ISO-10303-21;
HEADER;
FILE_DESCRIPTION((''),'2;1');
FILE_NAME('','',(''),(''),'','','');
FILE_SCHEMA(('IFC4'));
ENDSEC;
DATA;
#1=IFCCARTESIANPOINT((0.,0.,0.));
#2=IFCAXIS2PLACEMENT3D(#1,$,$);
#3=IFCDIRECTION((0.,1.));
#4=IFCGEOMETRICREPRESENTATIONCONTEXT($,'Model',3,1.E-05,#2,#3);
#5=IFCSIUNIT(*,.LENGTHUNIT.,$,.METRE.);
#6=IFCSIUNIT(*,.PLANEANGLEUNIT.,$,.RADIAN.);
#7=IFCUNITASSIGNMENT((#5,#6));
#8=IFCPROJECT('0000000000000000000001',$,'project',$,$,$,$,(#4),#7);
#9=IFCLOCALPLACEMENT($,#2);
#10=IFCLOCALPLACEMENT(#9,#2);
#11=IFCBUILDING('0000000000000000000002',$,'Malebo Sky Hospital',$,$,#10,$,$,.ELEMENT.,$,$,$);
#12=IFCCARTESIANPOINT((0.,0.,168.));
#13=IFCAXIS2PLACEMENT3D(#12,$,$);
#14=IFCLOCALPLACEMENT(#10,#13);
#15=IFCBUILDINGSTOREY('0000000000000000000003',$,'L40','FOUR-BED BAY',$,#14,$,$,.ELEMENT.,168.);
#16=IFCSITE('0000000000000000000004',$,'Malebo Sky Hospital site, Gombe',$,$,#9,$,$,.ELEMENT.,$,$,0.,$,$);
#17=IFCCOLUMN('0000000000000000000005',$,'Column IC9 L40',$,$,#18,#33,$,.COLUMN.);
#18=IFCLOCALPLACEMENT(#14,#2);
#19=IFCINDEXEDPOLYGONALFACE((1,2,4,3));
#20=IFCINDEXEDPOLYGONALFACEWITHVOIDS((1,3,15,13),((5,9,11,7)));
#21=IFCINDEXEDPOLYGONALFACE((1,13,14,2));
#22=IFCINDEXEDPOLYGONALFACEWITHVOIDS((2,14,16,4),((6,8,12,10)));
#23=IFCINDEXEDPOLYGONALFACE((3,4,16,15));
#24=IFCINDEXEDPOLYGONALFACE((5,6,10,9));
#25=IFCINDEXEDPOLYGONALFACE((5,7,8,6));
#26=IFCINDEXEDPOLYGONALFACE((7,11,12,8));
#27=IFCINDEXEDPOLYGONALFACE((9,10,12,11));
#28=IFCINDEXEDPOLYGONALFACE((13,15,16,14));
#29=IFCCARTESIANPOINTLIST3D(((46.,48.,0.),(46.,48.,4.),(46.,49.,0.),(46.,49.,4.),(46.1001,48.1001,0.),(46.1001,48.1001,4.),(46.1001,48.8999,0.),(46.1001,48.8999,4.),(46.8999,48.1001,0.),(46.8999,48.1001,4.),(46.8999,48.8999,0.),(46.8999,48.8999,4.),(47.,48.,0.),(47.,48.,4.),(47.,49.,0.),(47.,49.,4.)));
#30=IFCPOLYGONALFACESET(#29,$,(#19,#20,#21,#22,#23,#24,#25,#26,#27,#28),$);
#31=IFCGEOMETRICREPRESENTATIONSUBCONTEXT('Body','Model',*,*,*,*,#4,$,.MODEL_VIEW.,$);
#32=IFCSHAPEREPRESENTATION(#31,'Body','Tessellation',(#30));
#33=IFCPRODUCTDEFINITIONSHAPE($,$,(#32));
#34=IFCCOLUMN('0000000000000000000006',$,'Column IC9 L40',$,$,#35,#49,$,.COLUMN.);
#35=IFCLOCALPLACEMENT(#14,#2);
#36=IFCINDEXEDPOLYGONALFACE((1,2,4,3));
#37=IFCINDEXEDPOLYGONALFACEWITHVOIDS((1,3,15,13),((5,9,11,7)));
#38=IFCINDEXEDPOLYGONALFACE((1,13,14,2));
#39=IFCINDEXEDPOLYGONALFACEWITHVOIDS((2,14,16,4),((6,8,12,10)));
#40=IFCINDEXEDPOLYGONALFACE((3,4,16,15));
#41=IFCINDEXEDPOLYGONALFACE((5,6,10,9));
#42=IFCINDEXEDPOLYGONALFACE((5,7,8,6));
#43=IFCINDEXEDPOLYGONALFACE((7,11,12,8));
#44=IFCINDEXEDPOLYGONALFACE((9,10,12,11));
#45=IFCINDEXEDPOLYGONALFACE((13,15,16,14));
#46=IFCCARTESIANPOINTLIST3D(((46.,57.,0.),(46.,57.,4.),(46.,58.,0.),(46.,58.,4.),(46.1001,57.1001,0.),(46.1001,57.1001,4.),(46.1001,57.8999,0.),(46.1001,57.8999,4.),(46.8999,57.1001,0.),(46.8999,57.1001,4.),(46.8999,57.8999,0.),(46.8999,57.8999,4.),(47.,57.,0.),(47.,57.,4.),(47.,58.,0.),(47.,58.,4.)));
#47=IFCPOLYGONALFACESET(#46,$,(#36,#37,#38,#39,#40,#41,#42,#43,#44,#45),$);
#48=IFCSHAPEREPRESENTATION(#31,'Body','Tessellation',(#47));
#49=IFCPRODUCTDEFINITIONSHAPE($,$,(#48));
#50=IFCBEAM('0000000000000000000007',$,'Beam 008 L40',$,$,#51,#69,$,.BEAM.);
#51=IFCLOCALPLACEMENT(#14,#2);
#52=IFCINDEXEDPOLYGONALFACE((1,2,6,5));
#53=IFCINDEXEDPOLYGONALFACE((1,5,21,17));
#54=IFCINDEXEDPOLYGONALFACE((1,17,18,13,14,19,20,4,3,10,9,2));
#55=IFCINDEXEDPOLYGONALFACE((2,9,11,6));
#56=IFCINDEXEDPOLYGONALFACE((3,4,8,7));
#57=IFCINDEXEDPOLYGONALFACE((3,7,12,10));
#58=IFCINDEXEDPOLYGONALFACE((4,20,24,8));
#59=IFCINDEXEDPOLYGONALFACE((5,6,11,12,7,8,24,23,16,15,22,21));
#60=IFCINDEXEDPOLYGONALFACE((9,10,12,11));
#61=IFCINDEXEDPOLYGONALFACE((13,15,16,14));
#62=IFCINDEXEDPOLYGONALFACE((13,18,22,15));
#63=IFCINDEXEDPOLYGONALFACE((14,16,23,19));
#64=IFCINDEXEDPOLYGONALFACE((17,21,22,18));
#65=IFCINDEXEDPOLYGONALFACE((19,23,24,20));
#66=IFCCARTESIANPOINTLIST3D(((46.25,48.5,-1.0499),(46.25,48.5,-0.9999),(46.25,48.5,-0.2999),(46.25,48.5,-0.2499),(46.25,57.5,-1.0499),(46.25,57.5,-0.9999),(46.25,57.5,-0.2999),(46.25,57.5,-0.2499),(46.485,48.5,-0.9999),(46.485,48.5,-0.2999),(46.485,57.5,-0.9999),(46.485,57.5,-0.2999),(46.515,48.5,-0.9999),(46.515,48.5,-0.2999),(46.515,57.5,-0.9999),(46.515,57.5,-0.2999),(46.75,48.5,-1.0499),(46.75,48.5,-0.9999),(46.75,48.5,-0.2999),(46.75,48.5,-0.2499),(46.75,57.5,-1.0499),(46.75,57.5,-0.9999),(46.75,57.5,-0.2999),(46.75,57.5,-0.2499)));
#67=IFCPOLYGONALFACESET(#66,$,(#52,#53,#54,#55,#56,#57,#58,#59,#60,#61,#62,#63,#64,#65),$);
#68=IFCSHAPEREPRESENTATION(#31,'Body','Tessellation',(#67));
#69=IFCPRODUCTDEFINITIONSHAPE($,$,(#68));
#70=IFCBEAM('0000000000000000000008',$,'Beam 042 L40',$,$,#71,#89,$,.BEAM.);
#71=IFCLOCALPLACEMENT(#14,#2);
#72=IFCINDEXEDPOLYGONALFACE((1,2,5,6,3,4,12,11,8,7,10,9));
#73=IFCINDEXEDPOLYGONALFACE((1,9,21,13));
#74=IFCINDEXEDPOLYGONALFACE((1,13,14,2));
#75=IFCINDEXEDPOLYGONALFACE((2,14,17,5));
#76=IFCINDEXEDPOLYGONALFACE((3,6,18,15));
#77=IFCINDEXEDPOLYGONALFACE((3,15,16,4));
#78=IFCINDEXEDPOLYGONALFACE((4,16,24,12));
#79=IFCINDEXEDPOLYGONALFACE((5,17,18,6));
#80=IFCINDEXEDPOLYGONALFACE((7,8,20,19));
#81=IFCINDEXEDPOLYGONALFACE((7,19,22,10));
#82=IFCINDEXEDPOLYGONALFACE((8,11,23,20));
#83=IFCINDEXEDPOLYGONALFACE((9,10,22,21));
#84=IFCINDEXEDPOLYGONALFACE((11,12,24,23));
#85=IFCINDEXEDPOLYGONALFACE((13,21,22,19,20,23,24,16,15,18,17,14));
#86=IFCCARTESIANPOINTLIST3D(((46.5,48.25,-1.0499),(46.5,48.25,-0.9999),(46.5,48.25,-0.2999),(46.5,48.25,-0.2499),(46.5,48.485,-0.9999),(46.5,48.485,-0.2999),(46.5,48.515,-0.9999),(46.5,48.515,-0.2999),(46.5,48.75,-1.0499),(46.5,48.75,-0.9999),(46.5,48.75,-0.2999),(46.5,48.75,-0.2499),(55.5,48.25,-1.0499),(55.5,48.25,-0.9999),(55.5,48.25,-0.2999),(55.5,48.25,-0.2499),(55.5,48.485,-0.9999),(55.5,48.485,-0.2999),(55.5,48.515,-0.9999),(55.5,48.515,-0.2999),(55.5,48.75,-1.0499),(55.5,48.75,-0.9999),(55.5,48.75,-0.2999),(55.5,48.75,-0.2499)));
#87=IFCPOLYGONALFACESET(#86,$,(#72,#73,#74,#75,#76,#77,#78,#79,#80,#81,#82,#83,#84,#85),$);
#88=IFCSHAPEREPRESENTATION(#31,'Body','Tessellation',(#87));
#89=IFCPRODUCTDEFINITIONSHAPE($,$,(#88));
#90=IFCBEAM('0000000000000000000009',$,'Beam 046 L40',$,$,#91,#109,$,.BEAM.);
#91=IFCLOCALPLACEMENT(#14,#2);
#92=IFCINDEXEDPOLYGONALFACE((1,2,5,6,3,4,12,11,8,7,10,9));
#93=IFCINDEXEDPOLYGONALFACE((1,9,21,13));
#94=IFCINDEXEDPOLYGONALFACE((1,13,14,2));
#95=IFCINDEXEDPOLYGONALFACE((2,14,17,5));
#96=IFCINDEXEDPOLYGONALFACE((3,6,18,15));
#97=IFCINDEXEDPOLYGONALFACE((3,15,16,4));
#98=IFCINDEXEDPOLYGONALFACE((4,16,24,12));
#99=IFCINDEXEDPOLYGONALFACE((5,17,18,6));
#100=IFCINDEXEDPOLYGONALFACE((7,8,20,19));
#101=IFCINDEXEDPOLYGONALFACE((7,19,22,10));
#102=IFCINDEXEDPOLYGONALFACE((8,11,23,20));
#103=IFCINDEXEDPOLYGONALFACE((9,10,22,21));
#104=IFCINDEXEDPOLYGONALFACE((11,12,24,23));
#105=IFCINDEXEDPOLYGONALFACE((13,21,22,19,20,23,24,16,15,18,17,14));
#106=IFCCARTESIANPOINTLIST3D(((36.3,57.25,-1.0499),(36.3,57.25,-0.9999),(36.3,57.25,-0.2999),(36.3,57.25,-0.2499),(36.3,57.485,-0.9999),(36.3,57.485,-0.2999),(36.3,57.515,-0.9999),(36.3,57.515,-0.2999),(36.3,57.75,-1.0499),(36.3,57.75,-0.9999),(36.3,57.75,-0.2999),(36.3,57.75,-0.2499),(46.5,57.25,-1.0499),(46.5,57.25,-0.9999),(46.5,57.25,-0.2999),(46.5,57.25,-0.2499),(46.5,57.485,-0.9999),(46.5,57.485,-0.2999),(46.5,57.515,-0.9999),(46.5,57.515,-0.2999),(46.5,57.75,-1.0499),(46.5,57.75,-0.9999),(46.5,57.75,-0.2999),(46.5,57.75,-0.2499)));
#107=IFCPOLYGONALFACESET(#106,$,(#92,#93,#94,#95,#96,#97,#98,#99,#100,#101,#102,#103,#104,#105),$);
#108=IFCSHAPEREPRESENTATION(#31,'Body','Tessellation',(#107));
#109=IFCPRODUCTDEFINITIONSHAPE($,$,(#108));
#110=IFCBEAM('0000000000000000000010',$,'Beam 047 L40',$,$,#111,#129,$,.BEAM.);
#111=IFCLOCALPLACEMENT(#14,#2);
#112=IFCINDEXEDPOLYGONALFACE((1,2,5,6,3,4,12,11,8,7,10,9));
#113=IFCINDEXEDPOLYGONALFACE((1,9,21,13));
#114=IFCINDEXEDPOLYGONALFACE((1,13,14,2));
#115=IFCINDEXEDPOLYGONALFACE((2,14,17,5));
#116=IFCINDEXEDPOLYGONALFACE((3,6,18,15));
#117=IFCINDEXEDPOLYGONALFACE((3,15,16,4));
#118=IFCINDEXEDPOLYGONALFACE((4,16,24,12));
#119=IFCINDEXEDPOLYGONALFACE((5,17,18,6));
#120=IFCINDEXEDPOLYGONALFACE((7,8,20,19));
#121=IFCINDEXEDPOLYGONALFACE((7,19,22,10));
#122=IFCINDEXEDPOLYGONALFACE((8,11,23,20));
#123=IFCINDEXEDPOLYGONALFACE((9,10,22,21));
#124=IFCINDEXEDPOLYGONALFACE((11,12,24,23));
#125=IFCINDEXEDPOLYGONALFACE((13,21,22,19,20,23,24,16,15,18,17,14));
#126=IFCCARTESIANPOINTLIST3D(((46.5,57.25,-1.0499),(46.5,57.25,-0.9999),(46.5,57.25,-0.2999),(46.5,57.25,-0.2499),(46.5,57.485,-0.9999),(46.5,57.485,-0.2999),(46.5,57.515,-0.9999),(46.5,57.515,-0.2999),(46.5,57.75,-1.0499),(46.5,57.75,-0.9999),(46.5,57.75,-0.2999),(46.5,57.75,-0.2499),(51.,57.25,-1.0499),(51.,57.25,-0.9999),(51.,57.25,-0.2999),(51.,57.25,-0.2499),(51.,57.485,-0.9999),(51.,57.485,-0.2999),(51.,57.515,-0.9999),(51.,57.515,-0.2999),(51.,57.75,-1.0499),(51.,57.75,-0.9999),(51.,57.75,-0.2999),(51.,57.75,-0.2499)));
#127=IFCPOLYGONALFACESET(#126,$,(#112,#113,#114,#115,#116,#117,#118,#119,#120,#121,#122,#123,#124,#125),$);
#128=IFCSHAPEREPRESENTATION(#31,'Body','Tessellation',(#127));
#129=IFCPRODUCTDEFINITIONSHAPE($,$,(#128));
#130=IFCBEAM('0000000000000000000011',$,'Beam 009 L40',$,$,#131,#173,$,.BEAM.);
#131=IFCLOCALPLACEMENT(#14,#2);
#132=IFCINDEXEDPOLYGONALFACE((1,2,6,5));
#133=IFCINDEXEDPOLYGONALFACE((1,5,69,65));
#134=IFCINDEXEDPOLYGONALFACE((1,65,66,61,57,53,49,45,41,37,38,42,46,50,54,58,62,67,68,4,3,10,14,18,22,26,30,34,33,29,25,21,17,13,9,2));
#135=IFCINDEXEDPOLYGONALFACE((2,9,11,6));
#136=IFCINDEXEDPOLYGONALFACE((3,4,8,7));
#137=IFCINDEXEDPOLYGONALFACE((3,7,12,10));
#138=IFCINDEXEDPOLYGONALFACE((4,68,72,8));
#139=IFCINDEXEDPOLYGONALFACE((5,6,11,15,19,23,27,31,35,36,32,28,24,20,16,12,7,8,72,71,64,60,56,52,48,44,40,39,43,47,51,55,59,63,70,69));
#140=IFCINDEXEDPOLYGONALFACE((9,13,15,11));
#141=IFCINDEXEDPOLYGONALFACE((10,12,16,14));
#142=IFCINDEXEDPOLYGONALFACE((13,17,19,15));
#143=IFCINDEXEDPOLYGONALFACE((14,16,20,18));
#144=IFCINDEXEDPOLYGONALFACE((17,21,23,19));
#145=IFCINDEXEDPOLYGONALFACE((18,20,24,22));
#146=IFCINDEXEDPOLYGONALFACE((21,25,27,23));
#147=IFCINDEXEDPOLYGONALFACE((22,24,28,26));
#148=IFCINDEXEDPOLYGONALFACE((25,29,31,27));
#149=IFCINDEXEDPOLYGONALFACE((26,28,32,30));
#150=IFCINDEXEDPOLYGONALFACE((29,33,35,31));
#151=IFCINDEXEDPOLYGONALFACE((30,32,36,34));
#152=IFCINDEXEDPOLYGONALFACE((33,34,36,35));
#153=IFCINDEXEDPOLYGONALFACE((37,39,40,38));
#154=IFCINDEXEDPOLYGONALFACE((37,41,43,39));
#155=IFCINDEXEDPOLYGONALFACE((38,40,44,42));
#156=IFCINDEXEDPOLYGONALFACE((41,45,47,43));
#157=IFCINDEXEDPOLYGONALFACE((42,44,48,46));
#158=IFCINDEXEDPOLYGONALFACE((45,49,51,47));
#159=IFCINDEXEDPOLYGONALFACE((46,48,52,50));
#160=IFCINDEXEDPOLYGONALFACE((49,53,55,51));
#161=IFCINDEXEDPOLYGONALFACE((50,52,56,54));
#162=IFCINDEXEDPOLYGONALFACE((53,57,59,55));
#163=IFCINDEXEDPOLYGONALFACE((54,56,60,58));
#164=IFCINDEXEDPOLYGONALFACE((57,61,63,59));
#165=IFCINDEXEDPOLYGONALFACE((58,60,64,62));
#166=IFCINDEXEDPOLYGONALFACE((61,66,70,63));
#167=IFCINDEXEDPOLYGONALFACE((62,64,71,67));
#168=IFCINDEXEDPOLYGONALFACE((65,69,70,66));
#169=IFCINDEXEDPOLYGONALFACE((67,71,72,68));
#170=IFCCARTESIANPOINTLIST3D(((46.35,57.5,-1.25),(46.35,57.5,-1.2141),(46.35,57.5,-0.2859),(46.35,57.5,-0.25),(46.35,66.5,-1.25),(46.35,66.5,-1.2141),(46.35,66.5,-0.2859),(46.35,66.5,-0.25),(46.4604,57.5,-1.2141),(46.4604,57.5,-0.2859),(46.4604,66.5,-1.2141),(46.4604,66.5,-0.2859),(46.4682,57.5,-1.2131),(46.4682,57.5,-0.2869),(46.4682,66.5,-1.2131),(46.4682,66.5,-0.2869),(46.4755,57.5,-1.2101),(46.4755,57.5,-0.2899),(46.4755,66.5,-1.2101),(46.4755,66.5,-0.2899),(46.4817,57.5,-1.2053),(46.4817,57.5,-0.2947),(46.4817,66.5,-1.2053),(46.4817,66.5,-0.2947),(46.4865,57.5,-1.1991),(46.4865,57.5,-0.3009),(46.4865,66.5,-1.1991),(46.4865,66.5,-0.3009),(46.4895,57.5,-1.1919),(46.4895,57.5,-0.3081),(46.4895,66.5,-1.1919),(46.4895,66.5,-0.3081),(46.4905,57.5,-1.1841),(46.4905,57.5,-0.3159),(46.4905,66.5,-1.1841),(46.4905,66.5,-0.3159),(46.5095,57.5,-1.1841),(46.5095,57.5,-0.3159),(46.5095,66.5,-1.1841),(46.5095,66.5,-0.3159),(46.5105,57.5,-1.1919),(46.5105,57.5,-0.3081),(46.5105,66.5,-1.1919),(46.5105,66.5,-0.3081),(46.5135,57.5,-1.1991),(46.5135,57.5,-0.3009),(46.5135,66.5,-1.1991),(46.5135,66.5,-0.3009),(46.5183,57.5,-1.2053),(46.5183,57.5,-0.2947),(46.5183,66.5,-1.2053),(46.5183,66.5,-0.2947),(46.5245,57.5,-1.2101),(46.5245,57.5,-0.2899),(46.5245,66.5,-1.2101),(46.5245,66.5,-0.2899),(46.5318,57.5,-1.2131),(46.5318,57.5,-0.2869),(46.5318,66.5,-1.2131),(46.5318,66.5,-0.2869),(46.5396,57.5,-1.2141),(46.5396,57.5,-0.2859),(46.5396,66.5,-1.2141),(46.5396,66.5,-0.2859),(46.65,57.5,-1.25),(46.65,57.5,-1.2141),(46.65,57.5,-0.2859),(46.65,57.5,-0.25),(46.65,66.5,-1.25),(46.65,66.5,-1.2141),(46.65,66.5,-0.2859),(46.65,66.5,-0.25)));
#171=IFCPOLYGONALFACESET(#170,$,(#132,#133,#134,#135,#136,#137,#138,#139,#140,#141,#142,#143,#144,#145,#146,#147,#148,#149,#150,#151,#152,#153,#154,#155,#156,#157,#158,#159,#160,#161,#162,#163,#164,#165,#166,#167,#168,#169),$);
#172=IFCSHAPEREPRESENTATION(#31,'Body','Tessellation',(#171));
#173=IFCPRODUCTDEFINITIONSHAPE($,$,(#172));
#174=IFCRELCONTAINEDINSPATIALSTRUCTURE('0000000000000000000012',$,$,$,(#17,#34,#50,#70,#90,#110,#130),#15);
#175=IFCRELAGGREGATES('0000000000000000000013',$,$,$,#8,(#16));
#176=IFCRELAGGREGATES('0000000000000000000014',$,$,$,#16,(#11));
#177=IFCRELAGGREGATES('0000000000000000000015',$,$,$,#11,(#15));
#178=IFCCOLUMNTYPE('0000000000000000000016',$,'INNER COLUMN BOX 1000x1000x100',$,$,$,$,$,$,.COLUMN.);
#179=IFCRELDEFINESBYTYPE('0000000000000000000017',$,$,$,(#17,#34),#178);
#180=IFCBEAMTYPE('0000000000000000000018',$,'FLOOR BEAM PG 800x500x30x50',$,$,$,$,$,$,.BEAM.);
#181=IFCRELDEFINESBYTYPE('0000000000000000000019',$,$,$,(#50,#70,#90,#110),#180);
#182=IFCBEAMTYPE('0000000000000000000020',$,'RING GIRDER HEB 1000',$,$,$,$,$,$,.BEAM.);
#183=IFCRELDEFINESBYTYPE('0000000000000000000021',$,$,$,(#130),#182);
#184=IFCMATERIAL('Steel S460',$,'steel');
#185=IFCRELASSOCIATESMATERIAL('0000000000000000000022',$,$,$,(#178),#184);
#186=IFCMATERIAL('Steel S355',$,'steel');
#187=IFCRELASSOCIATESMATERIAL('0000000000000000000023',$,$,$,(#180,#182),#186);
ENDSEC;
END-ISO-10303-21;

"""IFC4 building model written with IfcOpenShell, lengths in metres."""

from ifc_helpers import new_model, si_unit, direction, frame, origin, origin_2d, place, context, subcontext, project, spatial, hollow_rectangle, i_section, extrude, material, material_profile, profile_set, type_object, element, save


model = new_model("IFC4")

# Units and contexts
model_context = context("Model", 3, precision=1e-05, world=origin(), true_north=direction((0.0, 1.0)))
body_context = subcontext(model_context, "Body", "Model", "MODEL_VIEW")
ifc_project = project(units=[si_unit("LENGTHUNIT", "METRE"), si_unit("PLANEANGLEUNIT", "RADIAN")], contexts=[model_context])

# Site, building, storey
site_placement = place(None, origin())
site = spatial("IfcSite", under=ifc_project, at=site_placement, Name="Malebo Sky Hospital site, Gombe", CompositionType="ELEMENT", RefElevation=0.0)
building_placement = place(site_placement, origin())
building = spatial("IfcBuilding", under=site, at=building_placement, Name="Malebo Sky Hospital", CompositionType="ELEMENT")
storey_placement = place(building_placement, frame((0.0, 0.0, 168.0)))
storey = spatial("IfcBuildingStorey", under=building, at=storey_placement, Name="L40", Description="FOUR-BED BAY", CompositionType="ELEMENT", Elevation=168.0)

# Columns
ifc_material_1 = material(Name="Steel S460", Category="steel")
ifc_material_profile_1 = material_profile(ifc_material_1, hollow_rectangle(XDim=1.0, YDim=1.0, WallThickness=0.1001, at=origin_2d()), Name="BOX 1000x1000x100")
ifc_profile_set_1 = profile_set([ifc_material_profile_1], Name="Steel S460")
column_type = type_object("IfcColumnType", Name="INNER COLUMN BOX 1000x1000x100", PredefinedType="COLUMN", material=ifc_profile_set_1)
for number, where, z_axis, x_axis, name in (
    (1, (46.5, 48.5, 0.0), (0.0, 0.0, 1.0), (1.0, 0.0, 0.0), "Column IC9 L40"),
    (2, (46.5, 57.5, 0.0), (0.0, 0.0, 1.0), (1.0, 0.0, 0.0), "Column IC9 L40"),
):
    element("IfcColumn", number, at=place(storey_placement, frame(where, z_axis=z_axis, x_axis=x_axis)), inside=storey, type_object=column_type, Name=name, PredefinedType="COLUMN", context=body_context, shape_type="SweptSolid", body=[
        extrude(hollow_rectangle(XDim=1.0, YDim=1.0, WallThickness=0.1001, at=origin_2d()), origin(), (0.0, 0.0, 1.0), 4.0),
    ])

# Beams
ifc_material_2 = material(Name="Steel S355", Category="steel")
ifc_material_profile_2 = material_profile(ifc_material_2, i_section(OverallWidth=0.5, OverallDepth=0.8, WebThickness=0.03, FlangeThickness=0.05, at=origin_2d()), Name="PG 800x500x30x50")
ifc_profile_set_2 = profile_set([ifc_material_profile_2], Name="Steel S355")
beam_type_1 = type_object("IfcBeamType", Name="FLOOR BEAM PG 800x500x30x50", PredefinedType="BEAM", material=ifc_profile_set_2)
for number, where, z_axis, x_axis, name in (
    (3, (46.5, 48.5, -0.6499), (0.0, 1.0, 0.0), (-1.0, 0.0, 0.0), "Beam 008 L40"),
    (4, (46.5, 48.5, -0.6499), (1.0, 0.0, 0.0), (0.0, 1.0, 0.0), "Beam 042 L40"),
):
    element("IfcBeam", number, at=place(storey_placement, frame(where, z_axis=z_axis, x_axis=x_axis)), inside=storey, type_object=beam_type_1, Name=name, PredefinedType="BEAM", context=body_context, shape_type="SweptSolid", body=[
        extrude(i_section(OverallWidth=0.5, OverallDepth=0.8, WebThickness=0.03, FlangeThickness=0.05, at=origin_2d()), origin(), (0.0, 0.0, 1.0), 9.0),
    ])
beam_1_placement = place(storey_placement, frame((36.3, 57.5, -0.6499), z_axis=(1.0, 0.0, 0.0), x_axis=(0.0, 1.0, 0.0)))
element("IfcBeam", 5, at=beam_1_placement, inside=storey, type_object=beam_type_1, Name="Beam 046 L40", PredefinedType="BEAM", context=body_context, shape_type="SweptSolid", body=[
    extrude(i_section(OverallWidth=0.5, OverallDepth=0.8, WebThickness=0.03, FlangeThickness=0.05, at=origin_2d()), origin(), (0.0, 0.0, 1.0), 10.2),
])
beam_2_placement = place(storey_placement, frame((46.5, 57.5, -0.6499), z_axis=(1.0, 0.0, 0.0), x_axis=(0.0, 1.0, 0.0)))
element("IfcBeam", 6, at=beam_2_placement, inside=storey, type_object=beam_type_1, Name="Beam 047 L40", PredefinedType="BEAM", context=body_context, shape_type="SweptSolid", body=[
    extrude(i_section(OverallWidth=0.5, OverallDepth=0.8, WebThickness=0.03, FlangeThickness=0.05, at=origin_2d()), origin(), (0.0, 0.0, 1.0), 4.5),
])
ifc_material_profile_3 = material_profile(ifc_material_2, i_section(OverallWidth=0.3, OverallDepth=1.0, WebThickness=0.019, FlangeThickness=0.0359, FilletRadius=0.03, at=origin_2d()), Name="HEB 1000")
ifc_profile_set_3 = profile_set([ifc_material_profile_3], Name="Steel S355")
beam_type_2 = type_object("IfcBeamType", Name="RING GIRDER HEB 1000", PredefinedType="BEAM", material=ifc_profile_set_3)
beam_3_placement = place(storey_placement, frame((46.5, 57.5, -0.75), z_axis=(0.0, 1.0, 0.0), x_axis=(-1.0, 0.0, 0.0)))
element("IfcBeam", 7, at=beam_3_placement, inside=storey, type_object=beam_type_2, Name="Beam 009 L40", PredefinedType="BEAM", context=body_context, shape_type="SweptSolid", body=[
    extrude(i_section(OverallWidth=0.3, OverallDepth=1.0, WebThickness=0.019, FlangeThickness=0.0359, FilletRadius=0.03, at=origin_2d()), origin(), (0.0, 0.0, 1.0), 9.0),
])

save(model, "model.ifc")
